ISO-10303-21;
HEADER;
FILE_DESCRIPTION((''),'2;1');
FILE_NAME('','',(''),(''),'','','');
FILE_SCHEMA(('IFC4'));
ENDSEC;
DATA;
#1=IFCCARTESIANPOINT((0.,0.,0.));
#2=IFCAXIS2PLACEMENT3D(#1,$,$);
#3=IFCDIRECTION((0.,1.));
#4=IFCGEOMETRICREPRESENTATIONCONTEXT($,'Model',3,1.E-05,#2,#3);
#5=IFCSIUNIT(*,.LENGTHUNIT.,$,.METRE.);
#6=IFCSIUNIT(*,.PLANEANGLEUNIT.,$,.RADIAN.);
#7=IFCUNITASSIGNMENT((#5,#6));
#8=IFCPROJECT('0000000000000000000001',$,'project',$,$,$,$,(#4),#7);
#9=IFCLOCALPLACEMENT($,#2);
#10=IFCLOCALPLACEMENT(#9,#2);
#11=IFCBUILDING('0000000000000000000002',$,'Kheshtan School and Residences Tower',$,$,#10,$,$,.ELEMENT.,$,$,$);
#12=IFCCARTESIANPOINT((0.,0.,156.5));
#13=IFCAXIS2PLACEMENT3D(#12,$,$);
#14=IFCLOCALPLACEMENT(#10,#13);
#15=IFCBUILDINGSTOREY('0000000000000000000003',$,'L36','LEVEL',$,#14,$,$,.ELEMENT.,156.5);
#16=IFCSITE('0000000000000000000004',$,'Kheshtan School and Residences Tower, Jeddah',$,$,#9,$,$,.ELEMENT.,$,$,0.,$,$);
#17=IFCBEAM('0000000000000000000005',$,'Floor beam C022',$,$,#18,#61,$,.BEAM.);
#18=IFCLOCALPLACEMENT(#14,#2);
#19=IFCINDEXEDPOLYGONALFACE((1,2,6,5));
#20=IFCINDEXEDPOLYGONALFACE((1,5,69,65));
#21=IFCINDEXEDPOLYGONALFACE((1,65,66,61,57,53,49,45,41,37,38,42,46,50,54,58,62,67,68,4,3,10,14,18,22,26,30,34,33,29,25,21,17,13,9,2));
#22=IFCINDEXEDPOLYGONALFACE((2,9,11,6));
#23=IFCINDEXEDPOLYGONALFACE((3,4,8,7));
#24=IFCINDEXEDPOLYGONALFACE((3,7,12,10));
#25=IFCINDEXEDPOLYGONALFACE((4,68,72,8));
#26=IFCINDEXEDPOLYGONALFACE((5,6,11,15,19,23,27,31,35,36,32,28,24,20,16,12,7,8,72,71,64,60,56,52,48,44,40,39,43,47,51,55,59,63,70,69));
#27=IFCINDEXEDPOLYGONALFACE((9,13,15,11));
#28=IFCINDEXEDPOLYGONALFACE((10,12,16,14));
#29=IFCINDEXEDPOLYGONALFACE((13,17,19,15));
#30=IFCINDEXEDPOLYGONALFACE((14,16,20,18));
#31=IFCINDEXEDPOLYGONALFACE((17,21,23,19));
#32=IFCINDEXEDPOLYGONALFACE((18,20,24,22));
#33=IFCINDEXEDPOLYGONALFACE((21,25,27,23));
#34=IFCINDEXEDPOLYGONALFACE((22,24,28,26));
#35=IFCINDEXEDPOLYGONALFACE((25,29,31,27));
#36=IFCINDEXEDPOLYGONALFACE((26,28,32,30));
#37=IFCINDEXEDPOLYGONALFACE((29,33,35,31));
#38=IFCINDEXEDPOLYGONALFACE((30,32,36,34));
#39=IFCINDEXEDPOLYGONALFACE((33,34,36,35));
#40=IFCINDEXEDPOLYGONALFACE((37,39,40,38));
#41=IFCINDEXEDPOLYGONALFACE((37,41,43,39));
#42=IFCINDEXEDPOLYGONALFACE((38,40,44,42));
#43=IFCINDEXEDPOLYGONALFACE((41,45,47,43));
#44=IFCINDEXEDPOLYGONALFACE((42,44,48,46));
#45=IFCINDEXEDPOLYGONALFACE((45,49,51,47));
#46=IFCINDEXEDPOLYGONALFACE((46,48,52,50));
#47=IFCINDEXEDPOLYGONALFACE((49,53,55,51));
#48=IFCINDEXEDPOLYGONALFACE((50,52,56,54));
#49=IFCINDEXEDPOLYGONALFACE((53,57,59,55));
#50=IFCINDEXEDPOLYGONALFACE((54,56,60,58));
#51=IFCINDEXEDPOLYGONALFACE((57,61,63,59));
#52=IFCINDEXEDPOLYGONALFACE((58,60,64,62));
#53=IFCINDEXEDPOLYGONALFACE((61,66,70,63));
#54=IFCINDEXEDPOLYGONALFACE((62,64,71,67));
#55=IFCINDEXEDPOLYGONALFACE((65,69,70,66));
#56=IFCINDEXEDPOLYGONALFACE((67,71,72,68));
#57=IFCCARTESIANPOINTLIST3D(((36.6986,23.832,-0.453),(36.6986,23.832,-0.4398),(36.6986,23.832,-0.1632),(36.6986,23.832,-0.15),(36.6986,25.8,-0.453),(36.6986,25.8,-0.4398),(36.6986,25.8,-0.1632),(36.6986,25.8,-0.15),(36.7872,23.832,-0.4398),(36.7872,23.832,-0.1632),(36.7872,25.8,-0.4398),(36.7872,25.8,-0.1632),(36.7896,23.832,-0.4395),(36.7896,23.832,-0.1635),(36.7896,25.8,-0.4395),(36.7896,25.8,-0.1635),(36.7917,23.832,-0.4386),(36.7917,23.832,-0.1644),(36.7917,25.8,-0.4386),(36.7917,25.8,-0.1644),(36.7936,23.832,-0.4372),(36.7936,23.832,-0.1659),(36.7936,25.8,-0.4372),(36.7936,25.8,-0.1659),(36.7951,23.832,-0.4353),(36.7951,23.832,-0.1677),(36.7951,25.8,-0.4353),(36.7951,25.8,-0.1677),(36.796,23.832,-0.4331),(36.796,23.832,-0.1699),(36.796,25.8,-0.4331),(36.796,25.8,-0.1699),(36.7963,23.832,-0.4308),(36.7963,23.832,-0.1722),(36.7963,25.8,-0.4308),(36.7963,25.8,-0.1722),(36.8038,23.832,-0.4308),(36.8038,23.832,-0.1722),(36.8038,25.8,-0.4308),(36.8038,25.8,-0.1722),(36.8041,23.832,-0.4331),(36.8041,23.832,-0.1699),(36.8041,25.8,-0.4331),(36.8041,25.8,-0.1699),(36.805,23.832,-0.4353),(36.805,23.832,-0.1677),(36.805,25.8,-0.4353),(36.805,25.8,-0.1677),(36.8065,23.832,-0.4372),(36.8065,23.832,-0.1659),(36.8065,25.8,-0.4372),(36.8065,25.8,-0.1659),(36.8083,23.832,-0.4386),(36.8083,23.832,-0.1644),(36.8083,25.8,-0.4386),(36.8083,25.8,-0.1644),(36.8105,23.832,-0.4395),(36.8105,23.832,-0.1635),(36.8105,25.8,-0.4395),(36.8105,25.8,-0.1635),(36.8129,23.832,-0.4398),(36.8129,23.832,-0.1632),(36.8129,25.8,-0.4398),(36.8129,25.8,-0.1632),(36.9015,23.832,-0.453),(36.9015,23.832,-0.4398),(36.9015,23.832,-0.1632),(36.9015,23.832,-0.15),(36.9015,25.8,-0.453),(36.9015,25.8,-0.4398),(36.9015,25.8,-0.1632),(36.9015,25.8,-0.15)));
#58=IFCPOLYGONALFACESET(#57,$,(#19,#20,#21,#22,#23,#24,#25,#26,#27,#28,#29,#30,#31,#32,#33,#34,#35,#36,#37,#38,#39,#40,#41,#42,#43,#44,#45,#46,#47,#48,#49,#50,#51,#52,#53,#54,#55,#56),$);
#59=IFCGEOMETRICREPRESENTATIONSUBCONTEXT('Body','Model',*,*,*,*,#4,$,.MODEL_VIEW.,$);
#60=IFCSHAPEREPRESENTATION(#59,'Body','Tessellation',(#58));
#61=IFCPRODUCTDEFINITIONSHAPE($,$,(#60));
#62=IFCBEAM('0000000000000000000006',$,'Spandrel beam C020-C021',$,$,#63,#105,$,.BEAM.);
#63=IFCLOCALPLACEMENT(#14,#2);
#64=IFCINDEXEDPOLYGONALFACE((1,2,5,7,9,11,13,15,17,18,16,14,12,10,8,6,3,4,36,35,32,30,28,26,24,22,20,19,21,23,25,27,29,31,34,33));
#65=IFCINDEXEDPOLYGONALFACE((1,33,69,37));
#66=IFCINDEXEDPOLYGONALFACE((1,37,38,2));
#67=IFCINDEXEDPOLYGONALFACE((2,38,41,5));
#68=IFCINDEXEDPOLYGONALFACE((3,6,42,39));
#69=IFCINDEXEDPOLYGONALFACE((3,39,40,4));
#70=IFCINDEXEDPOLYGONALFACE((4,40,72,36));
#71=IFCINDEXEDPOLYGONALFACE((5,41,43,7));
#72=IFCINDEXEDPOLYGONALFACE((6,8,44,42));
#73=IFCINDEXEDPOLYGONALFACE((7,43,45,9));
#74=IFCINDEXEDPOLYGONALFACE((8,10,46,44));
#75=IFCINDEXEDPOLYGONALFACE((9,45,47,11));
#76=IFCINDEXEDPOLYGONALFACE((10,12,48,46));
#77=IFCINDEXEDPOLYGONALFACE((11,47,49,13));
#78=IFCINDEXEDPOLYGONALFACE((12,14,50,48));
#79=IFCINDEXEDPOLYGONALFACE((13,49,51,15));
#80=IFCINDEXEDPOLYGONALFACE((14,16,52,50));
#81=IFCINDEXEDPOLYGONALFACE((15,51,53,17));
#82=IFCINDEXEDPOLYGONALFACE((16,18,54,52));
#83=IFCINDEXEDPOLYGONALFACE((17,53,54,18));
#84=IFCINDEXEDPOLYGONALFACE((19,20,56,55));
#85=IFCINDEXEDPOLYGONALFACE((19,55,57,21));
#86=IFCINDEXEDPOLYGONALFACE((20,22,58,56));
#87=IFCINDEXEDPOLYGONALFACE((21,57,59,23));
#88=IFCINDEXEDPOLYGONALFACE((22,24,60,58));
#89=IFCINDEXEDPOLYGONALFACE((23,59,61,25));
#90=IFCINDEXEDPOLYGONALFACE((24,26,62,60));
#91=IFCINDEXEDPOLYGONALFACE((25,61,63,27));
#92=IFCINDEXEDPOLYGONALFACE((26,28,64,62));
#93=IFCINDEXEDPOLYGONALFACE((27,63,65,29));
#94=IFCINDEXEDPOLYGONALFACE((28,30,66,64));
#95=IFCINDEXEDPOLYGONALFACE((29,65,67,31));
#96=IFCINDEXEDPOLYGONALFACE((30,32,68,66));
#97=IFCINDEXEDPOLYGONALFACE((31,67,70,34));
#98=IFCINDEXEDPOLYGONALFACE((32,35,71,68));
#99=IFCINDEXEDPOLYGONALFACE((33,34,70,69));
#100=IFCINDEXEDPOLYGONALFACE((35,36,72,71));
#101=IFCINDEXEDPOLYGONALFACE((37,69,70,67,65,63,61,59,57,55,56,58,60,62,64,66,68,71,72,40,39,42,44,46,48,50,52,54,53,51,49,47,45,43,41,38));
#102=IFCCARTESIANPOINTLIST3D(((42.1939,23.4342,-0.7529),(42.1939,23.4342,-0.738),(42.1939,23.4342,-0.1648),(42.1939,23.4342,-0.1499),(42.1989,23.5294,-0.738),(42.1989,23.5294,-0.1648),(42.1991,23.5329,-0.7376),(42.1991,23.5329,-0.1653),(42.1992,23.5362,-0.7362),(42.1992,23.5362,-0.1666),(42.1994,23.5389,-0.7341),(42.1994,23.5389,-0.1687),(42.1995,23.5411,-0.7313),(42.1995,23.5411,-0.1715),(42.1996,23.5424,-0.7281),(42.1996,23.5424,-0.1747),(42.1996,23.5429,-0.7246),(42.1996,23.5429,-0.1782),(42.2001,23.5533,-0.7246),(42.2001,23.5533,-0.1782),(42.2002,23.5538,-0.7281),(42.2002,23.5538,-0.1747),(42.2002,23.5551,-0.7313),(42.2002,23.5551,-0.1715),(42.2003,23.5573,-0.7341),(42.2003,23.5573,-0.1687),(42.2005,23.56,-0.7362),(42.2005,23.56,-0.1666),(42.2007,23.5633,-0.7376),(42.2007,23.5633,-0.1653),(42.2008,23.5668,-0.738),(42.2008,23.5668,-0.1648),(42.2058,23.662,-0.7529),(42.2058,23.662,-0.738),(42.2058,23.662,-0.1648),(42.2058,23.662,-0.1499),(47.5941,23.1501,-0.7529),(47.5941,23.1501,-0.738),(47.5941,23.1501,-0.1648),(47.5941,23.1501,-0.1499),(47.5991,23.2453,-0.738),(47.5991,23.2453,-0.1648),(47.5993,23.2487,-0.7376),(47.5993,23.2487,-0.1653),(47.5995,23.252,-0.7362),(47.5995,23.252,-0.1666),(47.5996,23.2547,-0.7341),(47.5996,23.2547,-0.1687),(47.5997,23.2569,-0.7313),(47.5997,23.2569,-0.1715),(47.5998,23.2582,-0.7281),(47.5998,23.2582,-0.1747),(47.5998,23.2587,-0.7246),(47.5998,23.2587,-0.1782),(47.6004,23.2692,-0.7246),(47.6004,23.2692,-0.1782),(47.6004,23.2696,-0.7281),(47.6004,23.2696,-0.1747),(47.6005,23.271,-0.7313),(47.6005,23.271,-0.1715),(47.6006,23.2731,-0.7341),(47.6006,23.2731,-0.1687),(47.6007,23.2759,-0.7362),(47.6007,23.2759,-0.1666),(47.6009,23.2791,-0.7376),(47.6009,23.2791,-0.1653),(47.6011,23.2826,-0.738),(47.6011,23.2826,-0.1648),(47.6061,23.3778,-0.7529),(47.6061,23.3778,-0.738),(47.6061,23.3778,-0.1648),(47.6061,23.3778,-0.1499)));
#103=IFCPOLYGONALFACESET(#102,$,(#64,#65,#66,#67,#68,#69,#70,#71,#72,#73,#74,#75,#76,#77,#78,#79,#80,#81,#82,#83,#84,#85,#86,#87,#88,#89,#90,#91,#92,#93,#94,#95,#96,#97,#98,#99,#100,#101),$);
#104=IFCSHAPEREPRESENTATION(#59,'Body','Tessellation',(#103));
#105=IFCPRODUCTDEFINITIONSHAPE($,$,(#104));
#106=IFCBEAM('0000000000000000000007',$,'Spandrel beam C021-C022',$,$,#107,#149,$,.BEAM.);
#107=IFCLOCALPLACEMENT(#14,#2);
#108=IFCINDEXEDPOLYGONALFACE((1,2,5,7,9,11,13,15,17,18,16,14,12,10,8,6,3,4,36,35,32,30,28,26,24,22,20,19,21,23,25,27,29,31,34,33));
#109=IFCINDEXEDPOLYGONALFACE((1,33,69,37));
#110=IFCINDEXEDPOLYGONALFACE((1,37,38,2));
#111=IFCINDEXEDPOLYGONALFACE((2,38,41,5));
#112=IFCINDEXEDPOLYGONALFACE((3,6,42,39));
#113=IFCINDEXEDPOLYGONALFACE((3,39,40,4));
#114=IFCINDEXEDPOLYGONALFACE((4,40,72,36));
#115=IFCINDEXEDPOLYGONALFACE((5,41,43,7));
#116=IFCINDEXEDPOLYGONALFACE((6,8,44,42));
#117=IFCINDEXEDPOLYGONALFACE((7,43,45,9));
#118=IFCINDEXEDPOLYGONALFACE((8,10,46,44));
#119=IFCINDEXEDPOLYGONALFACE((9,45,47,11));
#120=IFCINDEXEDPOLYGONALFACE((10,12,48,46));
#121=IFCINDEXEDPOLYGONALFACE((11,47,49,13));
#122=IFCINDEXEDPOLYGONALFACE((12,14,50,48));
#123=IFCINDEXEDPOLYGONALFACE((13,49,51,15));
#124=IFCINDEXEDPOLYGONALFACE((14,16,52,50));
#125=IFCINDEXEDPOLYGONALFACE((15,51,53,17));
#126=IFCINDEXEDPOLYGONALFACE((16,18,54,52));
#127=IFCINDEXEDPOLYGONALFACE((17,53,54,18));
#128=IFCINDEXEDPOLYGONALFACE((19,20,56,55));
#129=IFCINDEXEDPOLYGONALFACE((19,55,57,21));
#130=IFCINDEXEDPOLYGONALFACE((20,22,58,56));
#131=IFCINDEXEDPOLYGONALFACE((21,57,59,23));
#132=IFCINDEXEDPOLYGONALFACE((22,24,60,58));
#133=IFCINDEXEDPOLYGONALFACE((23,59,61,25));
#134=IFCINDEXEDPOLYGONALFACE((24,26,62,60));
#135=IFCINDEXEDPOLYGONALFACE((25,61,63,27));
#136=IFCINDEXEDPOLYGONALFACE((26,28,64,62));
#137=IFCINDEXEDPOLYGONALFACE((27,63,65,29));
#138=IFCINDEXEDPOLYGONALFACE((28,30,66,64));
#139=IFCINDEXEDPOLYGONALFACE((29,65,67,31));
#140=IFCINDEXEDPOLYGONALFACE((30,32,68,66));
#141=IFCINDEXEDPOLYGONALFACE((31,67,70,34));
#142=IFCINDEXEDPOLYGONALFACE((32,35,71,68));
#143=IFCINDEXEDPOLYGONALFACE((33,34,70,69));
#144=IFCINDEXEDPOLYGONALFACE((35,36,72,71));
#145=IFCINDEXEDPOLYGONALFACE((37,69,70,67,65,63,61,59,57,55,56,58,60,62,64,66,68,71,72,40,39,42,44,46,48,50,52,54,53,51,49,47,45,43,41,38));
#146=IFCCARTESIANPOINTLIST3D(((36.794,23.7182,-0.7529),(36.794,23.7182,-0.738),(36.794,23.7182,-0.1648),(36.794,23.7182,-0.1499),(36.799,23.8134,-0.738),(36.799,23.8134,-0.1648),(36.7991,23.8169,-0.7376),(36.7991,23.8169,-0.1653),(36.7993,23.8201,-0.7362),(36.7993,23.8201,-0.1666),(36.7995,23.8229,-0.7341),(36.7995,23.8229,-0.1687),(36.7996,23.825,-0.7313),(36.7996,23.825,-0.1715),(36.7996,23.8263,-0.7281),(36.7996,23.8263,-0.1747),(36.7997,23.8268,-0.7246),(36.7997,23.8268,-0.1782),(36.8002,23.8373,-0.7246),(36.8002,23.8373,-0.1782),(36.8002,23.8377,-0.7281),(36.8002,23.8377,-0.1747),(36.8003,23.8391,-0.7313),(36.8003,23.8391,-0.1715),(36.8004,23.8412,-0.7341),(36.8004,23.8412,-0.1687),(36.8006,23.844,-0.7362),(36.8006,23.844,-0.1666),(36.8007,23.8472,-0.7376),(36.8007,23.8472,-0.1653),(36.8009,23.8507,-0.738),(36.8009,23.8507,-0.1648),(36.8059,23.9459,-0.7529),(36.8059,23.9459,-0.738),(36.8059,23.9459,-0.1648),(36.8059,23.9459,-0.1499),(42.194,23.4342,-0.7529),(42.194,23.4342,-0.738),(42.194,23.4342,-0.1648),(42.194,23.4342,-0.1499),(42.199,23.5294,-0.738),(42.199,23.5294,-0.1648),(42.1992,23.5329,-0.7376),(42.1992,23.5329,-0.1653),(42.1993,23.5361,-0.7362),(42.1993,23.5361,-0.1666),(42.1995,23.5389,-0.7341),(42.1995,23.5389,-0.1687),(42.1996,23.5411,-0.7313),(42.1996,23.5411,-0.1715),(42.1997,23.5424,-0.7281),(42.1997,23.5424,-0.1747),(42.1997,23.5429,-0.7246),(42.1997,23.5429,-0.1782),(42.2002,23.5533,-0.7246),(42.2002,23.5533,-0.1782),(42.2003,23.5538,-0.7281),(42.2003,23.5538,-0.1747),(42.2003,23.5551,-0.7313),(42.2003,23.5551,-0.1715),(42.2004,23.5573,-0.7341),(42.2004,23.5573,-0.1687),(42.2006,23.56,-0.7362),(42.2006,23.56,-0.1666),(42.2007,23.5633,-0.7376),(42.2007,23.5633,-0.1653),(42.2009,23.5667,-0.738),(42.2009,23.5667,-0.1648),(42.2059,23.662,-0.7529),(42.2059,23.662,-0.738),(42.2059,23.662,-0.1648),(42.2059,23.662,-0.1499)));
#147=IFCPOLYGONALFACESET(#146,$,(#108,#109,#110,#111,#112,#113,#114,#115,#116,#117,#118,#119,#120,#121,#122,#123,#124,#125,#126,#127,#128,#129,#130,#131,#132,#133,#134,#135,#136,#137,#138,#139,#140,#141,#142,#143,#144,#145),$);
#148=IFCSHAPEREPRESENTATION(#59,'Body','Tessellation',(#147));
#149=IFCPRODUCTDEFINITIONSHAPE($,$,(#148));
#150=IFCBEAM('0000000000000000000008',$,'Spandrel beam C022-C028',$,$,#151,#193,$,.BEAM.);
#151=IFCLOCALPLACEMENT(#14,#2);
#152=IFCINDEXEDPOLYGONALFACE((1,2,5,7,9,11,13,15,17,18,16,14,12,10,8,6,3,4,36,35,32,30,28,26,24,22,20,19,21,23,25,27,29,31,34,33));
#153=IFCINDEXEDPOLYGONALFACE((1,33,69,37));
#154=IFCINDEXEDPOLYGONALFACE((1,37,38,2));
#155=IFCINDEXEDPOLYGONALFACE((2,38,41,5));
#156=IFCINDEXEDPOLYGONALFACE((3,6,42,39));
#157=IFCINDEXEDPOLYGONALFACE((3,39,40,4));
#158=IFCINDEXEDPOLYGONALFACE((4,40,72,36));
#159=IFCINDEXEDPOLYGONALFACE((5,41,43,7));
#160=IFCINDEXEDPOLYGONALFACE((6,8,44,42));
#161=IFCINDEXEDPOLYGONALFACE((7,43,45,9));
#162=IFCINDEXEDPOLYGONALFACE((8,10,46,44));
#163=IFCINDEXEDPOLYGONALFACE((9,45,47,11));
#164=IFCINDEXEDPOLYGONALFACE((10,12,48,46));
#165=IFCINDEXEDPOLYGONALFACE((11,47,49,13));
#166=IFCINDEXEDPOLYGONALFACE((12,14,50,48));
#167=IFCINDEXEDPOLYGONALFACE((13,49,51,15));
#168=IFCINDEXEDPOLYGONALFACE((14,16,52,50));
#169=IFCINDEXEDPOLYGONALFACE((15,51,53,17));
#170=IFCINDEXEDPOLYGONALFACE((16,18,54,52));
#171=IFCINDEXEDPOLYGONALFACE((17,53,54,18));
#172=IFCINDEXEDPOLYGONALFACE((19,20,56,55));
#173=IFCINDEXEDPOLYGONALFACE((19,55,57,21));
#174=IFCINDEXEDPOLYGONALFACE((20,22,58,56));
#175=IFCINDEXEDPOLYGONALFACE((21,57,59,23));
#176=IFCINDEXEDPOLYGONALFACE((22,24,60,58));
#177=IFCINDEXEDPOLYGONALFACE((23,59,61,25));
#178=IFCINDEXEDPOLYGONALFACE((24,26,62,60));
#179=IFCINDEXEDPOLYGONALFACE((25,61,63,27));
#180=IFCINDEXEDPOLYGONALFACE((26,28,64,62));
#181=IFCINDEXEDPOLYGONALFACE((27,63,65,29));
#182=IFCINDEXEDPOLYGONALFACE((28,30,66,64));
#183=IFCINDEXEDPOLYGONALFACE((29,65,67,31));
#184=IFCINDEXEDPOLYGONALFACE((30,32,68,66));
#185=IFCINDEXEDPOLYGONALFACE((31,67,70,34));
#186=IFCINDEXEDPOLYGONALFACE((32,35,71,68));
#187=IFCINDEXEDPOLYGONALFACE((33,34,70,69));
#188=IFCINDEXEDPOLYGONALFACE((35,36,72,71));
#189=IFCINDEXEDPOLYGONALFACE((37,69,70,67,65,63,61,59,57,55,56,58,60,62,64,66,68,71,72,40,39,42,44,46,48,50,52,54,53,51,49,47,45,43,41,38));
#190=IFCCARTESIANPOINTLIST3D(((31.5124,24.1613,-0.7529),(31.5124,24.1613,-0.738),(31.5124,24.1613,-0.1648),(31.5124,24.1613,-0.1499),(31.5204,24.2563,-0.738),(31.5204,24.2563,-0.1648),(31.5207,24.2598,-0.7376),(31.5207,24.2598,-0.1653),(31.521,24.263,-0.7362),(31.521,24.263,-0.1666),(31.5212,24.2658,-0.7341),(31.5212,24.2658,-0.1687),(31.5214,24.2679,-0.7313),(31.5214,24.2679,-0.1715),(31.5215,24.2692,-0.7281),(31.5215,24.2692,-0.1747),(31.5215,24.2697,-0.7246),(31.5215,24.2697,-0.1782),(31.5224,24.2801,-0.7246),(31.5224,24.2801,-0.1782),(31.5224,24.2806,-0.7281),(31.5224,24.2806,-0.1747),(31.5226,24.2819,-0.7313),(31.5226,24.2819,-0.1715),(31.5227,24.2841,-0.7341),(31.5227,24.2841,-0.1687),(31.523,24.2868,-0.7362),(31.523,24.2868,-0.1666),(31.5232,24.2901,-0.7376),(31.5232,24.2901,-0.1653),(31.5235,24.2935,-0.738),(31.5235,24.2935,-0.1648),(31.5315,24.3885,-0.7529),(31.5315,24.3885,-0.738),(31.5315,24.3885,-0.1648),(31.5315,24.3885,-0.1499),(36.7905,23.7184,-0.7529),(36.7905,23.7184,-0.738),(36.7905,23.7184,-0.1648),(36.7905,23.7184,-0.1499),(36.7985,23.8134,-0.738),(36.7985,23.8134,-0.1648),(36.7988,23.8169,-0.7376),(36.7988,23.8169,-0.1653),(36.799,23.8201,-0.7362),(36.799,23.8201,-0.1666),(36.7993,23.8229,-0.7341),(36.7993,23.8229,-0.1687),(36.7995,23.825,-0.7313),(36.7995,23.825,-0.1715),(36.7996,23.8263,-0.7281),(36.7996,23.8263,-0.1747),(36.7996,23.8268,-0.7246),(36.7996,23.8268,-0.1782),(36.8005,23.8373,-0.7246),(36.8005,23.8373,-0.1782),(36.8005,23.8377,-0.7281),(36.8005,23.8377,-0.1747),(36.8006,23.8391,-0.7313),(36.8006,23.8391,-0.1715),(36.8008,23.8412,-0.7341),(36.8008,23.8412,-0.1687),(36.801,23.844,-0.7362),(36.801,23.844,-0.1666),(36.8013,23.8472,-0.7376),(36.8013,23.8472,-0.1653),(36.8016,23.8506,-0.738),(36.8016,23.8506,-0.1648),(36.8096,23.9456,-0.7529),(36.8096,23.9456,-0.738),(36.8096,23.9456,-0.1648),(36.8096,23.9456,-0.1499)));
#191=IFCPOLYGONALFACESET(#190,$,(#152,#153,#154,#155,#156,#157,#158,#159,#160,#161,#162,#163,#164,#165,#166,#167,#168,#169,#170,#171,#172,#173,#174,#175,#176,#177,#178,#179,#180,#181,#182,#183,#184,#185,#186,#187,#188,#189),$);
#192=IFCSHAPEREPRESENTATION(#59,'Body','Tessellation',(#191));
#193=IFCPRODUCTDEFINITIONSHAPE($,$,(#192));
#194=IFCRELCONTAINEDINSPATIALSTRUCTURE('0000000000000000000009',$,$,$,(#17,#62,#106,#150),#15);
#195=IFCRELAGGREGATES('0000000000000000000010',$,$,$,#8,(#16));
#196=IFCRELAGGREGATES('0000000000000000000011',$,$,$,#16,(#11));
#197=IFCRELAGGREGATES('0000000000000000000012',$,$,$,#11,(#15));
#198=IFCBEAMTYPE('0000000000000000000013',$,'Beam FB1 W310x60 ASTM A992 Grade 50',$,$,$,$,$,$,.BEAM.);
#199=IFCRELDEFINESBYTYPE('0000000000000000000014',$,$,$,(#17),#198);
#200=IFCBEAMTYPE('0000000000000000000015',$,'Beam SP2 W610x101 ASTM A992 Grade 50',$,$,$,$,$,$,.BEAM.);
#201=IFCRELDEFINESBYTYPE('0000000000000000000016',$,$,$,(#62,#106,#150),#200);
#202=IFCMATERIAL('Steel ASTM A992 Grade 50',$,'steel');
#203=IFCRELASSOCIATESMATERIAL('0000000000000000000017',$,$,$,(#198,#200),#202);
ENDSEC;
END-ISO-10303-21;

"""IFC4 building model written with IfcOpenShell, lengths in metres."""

from ifc_helpers import new_model, si_unit, direction, frame, origin, origin_2d, place, context, subcontext, project, spatial, i_section, extrude, material, material_profile, profile_set, type_object, element, save


model = new_model("IFC4")

# Units and contexts
model_context = context("Model", 3, precision=1e-05, world=origin(), true_north=direction((0.0, 1.0)))
body_context = subcontext(model_context, "Body", "Model", "MODEL_VIEW")
ifc_project = project(units=[si_unit("LENGTHUNIT", "METRE"), si_unit("PLANEANGLEUNIT", "RADIAN")], contexts=[model_context])

# Site, building, storey
site_placement = place(None, origin())
site = spatial("IfcSite", under=ifc_project, at=site_placement, Name="Kheshtan School and Residences Tower, Jeddah", CompositionType="ELEMENT", RefElevation=0.0)
building_placement = place(site_placement, origin())
building = spatial("IfcBuilding", under=site, at=building_placement, Name="Kheshtan School and Residences Tower", CompositionType="ELEMENT")
storey_placement = place(building_placement, frame((0.0, 0.0, 156.5)))
storey = spatial("IfcBuildingStorey", under=building, at=storey_placement, Name="L36", Description="LEVEL", CompositionType="ELEMENT", Elevation=156.5)

# Shared definitions
ifc_material_1 = material(Name="Steel ASTM A992 Grade 50", Category="steel")

# Beams
ifc_material_profile_1 = material_profile(ifc_material_1, i_section(OverallWidth=0.2029, OverallDepth=0.303, WebThickness=0.0076, FlangeThickness=0.0132, FilletRadius=0.009, at=origin_2d()), Name="W310x60")
ifc_profile_set_1 = profile_set([ifc_material_profile_1], Name="Steel ASTM A992 Grade 50")
beam_type_1 = type_object("IfcBeamType", Name="Beam FB1 W310x60 ASTM A992 Grade 50", PredefinedType="BEAM", material=ifc_profile_set_1)
beam_1_placement = place(storey_placement, frame((36.8, 23.832, -0.3015), z_axis=(0.0, 1.0, 0.0), x_axis=(-1.0, 0.0, 0.0)))
element("IfcBeam", 1, at=beam_1_placement, inside=storey, type_object=beam_type_1, Name="Floor beam C022", PredefinedType="BEAM", context=body_context, shape_type="SweptSolid", body=[
    extrude(i_section(OverallWidth=0.2029, OverallDepth=0.303, WebThickness=0.0076, FlangeThickness=0.0132, FilletRadius=0.009, at=origin_2d()), origin(), (0.0, 0.0, 1.0), 1.968),
])
ifc_material_profile_2 = material_profile(ifc_material_1, i_section(OverallWidth=0.228, OverallDepth=0.603, WebThickness=0.0105, FlangeThickness=0.0149, FilletRadius=0.0134, at=origin_2d()), Name="W610x101")
ifc_profile_set_2 = profile_set([ifc_material_profile_2], Name="Steel ASTM A992 Grade 50")
beam_type_2 = type_object("IfcBeamType", Name="Beam SP2 W610x101 ASTM A992 Grade 50", PredefinedType="BEAM", material=ifc_profile_set_2)
beam_2_placement = place(storey_placement, frame((47.6001, 23.2639, -0.4514), z_axis=(-0.998618, 0.052552, 0.0), x_axis=(-0.052552, -0.998618, 0.0)))
element("IfcBeam", 2, at=beam_2_placement, inside=storey, type_object=beam_type_2, Name="Spandrel beam C020-C021", PredefinedType="BEAM", context=body_context, shape_type="SweptSolid", body=[
    extrude(i_section(OverallWidth=0.228, OverallDepth=0.603, WebThickness=0.0105, FlangeThickness=0.0149, FilletRadius=0.0134, at=origin_2d()), origin(), (0.0, 0.0, 1.0), 5.4077),
])
beam_3_placement = place(storey_placement, frame((42.2, 23.5481, -0.4514), z_axis=(-0.99862, 0.052509, 0.0), x_axis=(-0.052509, -0.99862, 0.0)))
element("IfcBeam", 3, at=beam_3_placement, inside=storey, type_object=beam_type_2, Name="Spandrel beam C021-C022", PredefinedType="BEAM", context=body_context, shape_type="SweptSolid", body=[
    extrude(i_section(OverallWidth=0.228, OverallDepth=0.603, WebThickness=0.0105, FlangeThickness=0.0149, FilletRadius=0.0134, at=origin_2d()), origin(), (0.0, 0.0, 1.0), 5.4075),
])
beam_4_placement = place(storey_placement, frame((36.8, 23.832, -0.4514), z_axis=(-0.996498, 0.083614, 0.0), x_axis=(-0.083614, -0.996498, 0.0)))
element("IfcBeam", 4, at=beam_4_placement, inside=storey, type_object=beam_type_2, Name="Spandrel beam C022-C028", PredefinedType="BEAM", context=body_context, shape_type="SweptSolid", body=[
    extrude(i_section(OverallWidth=0.228, OverallDepth=0.603, WebThickness=0.0105, FlangeThickness=0.0149, FilletRadius=0.0134, at=origin_2d()), origin(), (0.0, 0.0, 1.0), 5.2966),
])

save(model, "model.ifc")
